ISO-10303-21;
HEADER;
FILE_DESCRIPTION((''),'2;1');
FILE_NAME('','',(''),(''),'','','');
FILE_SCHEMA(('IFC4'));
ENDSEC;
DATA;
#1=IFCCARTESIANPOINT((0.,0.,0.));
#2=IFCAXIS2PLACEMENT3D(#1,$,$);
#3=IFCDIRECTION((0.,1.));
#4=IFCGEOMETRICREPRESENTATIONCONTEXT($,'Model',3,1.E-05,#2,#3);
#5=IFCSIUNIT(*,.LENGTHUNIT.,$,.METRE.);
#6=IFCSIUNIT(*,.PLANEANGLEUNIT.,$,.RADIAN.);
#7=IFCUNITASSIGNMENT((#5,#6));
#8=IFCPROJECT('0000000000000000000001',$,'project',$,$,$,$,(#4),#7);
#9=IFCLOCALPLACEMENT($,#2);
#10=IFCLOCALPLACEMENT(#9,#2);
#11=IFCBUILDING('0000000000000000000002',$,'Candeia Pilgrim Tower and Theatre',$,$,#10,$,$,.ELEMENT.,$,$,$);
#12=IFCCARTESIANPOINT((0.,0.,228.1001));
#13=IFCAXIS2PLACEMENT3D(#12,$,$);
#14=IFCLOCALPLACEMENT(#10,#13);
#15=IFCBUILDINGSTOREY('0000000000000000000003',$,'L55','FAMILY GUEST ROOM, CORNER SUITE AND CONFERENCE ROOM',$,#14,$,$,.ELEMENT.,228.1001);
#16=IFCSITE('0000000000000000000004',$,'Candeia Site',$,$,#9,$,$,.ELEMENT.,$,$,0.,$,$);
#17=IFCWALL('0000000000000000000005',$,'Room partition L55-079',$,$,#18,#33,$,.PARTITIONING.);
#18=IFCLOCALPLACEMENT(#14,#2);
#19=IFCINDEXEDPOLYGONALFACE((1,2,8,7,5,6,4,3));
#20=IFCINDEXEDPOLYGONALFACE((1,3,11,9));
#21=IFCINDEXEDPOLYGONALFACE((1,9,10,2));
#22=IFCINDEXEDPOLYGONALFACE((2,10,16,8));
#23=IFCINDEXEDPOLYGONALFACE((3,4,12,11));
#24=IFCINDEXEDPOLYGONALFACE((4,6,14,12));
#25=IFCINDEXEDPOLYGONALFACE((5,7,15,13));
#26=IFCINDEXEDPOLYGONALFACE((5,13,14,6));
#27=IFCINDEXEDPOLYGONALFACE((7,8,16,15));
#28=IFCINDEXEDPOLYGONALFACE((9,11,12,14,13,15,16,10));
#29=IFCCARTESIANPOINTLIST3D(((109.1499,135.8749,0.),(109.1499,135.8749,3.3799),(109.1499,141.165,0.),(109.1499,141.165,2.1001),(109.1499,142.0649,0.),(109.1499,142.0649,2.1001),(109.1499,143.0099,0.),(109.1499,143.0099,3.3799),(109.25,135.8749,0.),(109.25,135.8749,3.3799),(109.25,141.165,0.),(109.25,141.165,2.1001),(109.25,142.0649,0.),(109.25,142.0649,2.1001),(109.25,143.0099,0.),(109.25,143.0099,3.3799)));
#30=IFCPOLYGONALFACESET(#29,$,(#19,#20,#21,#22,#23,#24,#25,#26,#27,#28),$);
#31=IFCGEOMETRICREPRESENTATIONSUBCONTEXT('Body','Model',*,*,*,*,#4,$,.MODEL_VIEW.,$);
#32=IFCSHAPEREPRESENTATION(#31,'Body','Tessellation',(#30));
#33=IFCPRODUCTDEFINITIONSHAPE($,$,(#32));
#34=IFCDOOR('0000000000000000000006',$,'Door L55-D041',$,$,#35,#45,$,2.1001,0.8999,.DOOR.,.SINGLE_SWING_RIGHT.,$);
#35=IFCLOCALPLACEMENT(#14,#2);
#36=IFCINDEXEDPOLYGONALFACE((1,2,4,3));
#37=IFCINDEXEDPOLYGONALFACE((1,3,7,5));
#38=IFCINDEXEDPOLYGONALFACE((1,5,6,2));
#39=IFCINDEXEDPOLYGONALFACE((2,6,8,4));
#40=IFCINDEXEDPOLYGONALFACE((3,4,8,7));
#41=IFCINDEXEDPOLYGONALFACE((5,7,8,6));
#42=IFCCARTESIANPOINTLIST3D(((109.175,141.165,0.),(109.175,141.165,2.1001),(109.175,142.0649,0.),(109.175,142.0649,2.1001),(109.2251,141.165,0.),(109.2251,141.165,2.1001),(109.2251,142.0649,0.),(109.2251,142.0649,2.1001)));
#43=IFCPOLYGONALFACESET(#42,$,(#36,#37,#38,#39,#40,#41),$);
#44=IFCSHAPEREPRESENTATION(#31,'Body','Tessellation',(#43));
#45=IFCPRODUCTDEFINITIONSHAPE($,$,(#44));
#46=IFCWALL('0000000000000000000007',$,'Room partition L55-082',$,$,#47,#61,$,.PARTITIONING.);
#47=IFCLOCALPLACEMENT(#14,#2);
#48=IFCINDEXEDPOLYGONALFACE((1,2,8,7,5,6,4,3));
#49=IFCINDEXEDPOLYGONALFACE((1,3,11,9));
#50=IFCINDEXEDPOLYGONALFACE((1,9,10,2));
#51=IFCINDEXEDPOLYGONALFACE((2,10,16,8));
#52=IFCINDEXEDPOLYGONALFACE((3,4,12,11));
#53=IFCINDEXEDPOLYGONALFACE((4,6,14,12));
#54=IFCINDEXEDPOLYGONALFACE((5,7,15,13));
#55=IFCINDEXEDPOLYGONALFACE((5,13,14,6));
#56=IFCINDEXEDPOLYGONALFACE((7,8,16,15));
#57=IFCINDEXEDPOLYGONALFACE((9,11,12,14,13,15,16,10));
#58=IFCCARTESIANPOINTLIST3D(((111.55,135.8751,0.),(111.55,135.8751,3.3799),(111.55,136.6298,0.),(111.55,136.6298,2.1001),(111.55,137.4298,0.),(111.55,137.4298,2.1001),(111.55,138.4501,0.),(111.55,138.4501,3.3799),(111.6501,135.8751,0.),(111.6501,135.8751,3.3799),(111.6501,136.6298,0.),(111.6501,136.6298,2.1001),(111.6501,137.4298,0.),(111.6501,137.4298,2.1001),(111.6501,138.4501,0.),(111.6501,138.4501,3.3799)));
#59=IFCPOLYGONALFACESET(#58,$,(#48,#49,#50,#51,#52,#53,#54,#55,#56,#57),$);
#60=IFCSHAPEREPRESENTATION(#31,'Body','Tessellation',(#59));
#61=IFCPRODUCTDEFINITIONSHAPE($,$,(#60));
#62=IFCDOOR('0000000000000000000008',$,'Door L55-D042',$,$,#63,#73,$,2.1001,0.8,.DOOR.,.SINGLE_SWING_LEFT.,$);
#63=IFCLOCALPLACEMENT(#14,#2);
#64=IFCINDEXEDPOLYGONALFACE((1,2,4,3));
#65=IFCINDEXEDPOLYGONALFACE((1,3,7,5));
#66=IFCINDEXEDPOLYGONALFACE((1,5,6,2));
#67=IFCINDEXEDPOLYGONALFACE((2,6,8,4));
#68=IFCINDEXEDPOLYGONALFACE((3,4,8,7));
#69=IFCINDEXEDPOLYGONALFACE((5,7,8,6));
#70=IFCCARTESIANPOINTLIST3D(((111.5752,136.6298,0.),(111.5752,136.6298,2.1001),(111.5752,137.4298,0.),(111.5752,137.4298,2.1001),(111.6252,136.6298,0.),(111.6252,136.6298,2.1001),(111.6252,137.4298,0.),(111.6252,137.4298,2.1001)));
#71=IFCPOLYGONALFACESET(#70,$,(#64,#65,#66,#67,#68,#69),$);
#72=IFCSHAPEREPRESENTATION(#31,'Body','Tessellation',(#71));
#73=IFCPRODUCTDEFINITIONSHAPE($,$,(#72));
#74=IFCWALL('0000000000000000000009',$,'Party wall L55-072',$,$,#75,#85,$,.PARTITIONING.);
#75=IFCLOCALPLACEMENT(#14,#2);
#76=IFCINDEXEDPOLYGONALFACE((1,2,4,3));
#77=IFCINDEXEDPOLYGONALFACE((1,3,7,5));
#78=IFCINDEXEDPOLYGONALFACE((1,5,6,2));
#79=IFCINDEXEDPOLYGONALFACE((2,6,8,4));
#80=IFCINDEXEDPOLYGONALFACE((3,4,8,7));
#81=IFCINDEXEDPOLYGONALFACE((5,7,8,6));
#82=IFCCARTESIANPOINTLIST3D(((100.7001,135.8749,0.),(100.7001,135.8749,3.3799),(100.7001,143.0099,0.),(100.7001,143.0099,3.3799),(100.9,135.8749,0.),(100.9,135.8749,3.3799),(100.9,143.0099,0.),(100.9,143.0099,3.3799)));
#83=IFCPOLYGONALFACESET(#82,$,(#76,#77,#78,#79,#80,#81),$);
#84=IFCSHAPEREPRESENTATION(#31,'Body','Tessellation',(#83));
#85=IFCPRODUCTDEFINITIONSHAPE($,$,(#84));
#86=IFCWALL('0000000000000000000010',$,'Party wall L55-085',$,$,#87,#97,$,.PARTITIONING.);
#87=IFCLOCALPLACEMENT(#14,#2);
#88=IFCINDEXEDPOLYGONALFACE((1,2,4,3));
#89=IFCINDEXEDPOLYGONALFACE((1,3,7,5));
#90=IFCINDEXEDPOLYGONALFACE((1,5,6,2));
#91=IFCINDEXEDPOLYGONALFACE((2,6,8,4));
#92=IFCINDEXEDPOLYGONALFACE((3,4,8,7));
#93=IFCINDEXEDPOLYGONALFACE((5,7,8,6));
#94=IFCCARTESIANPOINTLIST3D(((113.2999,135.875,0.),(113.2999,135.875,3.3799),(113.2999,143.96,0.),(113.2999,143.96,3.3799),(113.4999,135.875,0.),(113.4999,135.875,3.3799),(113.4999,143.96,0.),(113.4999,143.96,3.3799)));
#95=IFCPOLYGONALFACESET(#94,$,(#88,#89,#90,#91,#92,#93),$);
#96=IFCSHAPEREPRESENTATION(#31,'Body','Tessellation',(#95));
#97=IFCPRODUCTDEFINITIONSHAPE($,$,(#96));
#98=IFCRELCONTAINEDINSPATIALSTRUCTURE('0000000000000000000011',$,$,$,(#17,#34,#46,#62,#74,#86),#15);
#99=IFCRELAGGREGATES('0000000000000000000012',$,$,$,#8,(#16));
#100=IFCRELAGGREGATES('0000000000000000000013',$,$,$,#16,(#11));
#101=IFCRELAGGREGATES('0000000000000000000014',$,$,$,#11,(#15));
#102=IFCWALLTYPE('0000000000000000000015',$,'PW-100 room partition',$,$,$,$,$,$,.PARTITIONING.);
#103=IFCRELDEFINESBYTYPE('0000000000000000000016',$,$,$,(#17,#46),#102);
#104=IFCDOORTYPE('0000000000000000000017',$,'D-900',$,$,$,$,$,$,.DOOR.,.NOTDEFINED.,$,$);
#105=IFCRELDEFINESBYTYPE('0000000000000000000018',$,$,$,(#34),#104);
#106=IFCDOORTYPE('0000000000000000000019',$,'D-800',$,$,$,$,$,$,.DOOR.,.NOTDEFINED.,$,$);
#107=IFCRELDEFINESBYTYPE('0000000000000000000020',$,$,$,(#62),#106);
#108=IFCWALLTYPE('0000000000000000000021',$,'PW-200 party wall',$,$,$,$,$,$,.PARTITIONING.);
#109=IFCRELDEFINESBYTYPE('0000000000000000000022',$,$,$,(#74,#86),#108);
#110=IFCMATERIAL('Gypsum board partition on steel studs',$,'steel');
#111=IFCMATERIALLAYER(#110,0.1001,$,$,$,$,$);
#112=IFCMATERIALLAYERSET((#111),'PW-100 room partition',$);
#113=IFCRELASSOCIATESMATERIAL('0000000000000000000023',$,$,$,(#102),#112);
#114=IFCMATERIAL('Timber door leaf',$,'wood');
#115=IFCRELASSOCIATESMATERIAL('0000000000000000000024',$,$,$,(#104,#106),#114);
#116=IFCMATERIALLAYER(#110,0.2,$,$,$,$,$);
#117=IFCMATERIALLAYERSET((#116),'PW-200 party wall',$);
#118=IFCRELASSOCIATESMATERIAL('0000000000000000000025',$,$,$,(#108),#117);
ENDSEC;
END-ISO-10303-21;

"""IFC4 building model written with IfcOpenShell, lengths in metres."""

from ifc_helpers import new_model, si_unit, direction, frame, frame_2d, origin, place, context, subcontext, project, spatial, rectangle, extrude, material, layer, layer_set, type_object, element, fill, save


model = new_model("IFC4")

# Units and contexts
model_context = context("Model", 3, precision=1e-05, world=origin(), true_north=direction((0.0, 1.0)))
body_context = subcontext(model_context, "Body", "Model", "MODEL_VIEW")
ifc_project = project(units=[si_unit("LENGTHUNIT", "METRE"), si_unit("PLANEANGLEUNIT", "RADIAN")], contexts=[model_context])

# Site, building, storey
site_placement = place(None, origin())
site = spatial("IfcSite", under=ifc_project, at=site_placement, Name="Candeia Site", CompositionType="ELEMENT", RefElevation=0.0)
building_placement = place(site_placement, origin())
building = spatial("IfcBuilding", under=site, at=building_placement, Name="Candeia Pilgrim Tower and Theatre", CompositionType="ELEMENT")
storey_placement = place(building_placement, frame((0.0, 0.0, 228.1001)))
storey = spatial("IfcBuildingStorey", under=building, at=storey_placement, Name="L55", Description="FAMILY GUEST ROOM, CORNER SUITE AND CONFERENCE ROOM", CompositionType="ELEMENT", Elevation=228.1001)

# Shared definitions
ifc_material_1 = material(Name="Gypsum board partition on steel studs", Category="steel")
ifc_layer_1 = layer(ifc_material_1, 0.1001)
ifc_layer_set_1 = layer_set([ifc_layer_1], Name="PW-100 room partition")
wall_type_1 = type_object("IfcWallType", Name="PW-100 room partition", PredefinedType="PARTITIONING", material=ifc_layer_set_1)

# Walls, openings, doors
ifc_material_2 = material(Name="Timber door leaf", Category="wood")
door_type_1 = type_object("IfcDoorType", Name="D-900", OperationType="NOTDEFINED", PredefinedType="DOOR", material=ifc_material_2)
wall_1_placement = place(storey_placement, frame((109.2, 135.875, 0.0), z_axis=(0.0, 0.0, 1.0), x_axis=(0.0, 1.0, 0.0)))
wall_1 = element("IfcWall", 1, at=wall_1_placement, inside=storey, type_object=wall_type_1, Name="Room partition L55-079", PredefinedType="PARTITIONING", context=body_context, shape_type="SweptSolid", body=[
    extrude(rectangle(XDim=7.135, YDim=0.1001, at=frame_2d((3.5674, 0.0))), origin(), (0.0, 0.0, 1.0), 3.3799),
])
opening_1_placement = place(wall_1_placement, frame((5.29, 0.0, 0.0)))
opening_1 = element("IfcOpeningElement", 2, at=opening_1_placement, cuts=wall_1, PredefinedType="OPENING", context=body_context, shape_type="SweptSolid", body=[
    extrude(rectangle(XDim=0.8999, YDim=2.1001, at=frame_2d((0.45, 1.05))), frame((0.0, 0.0601, 0.0), z_axis=(0.0, -1.0, 0.0), x_axis=(1.0, 0.0, 0.0)), (0.0, 0.0, 1.0), 0.1201),
])
door_1_placement = place(opening_1_placement, origin())
door_1 = element("IfcDoor", 3, at=door_1_placement, inside=storey, type_object=door_type_1, Name="Door L55-D041", OperationType="SINGLE_SWING_RIGHT", OverallHeight=2.1001, OverallWidth=0.8999, PredefinedType="DOOR", context=body_context, shape_type="SweptSolid", body=[
    extrude(rectangle(XDim=0.8999, YDim=2.1001, at=frame_2d((0.45, 1.05))), frame((0.0, 0.0249, 0.0), z_axis=(0.0, -1.0, 0.0), x_axis=(1.0, 0.0, 0.0)), (0.0, 0.0, 1.0), 0.05),
])
fill(opening_1, door_1)
wall_2_placement = place(storey_placement, frame((111.6001, 135.875, 0.0), z_axis=(0.0, 0.0, 1.0), x_axis=(0.0, 1.0, 0.0)))
wall_2 = element("IfcWall", 4, at=wall_2_placement, inside=storey, type_object=wall_type_1, Name="Room partition L55-082", PredefinedType="PARTITIONING", context=body_context, shape_type="SweptSolid", body=[
    extrude(rectangle(XDim=2.575, YDim=0.1001, at=frame_2d((1.2876, 0.0))), origin(), (0.0, 0.0, 1.0), 3.3799),
])
opening_2_placement = place(wall_2_placement, frame((0.7549, 0.0, 0.0)))
opening_2 = element("IfcOpeningElement", 5, at=opening_2_placement, cuts=wall_2, PredefinedType="OPENING", context=body_context, shape_type="SweptSolid", body=[
    extrude(rectangle(XDim=0.8, YDim=2.1001, at=frame_2d((0.3999, 1.05))), frame((0.0, 0.0601, 0.0), z_axis=(0.0, -1.0, 0.0), x_axis=(1.0, 0.0, 0.0)), (0.0, 0.0, 1.0), 0.1201),
])
door_type_2 = type_object("IfcDoorType", Name="D-800", OperationType="NOTDEFINED", PredefinedType="DOOR", material=ifc_material_2)
door_2_placement = place(opening_2_placement, origin())
door_2 = element("IfcDoor", 6, at=door_2_placement, inside=storey, type_object=door_type_2, Name="Door L55-D042", OperationType="SINGLE_SWING_LEFT", OverallHeight=2.1001, OverallWidth=0.8, PredefinedType="DOOR", context=body_context, shape_type="SweptSolid", body=[
    extrude(rectangle(XDim=0.8, YDim=2.1001, at=frame_2d((0.3999, 1.05))), frame((0.0, 0.0249, 0.0), z_axis=(0.0, -1.0, 0.0), x_axis=(1.0, 0.0, 0.0)), (0.0, 0.0, 1.0), 0.05),
])
fill(opening_2, door_2)

# Walls
ifc_layer_2 = layer(ifc_material_1, 0.2)
ifc_layer_set_2 = layer_set([ifc_layer_2], Name="PW-200 party wall")
wall_type_2 = type_object("IfcWallType", Name="PW-200 party wall", PredefinedType="PARTITIONING", material=ifc_layer_set_2)
wall_3_placement = place(storey_placement, frame((100.8, 135.875, 0.0), z_axis=(0.0, 0.0, 1.0), x_axis=(0.0, 1.0, 0.0)))
element("IfcWall", 7, at=wall_3_placement, inside=storey, type_object=wall_type_2, Name="Party wall L55-072", PredefinedType="PARTITIONING", context=body_context, shape_type="SweptSolid", body=[
    extrude(rectangle(XDim=7.135, YDim=0.2, at=frame_2d((3.5674, 0.0))), origin(), (0.0, 0.0, 1.0), 3.3799),
])
wall_4_placement = place(storey_placement, frame((113.3999, 135.875, 0.0), z_axis=(0.0, 0.0, 1.0), x_axis=(0.0, 1.0, 0.0)))
element("IfcWall", 8, at=wall_4_placement, inside=storey, type_object=wall_type_2, Name="Party wall L55-085", PredefinedType="PARTITIONING", context=body_context, shape_type="SweptSolid", body=[
    extrude(rectangle(XDim=8.085, YDim=0.2, at=frame_2d((4.0425, 0.0))), origin(), (0.0, 0.0, 1.0), 3.3799),
])

save(model, "model.ifc")
